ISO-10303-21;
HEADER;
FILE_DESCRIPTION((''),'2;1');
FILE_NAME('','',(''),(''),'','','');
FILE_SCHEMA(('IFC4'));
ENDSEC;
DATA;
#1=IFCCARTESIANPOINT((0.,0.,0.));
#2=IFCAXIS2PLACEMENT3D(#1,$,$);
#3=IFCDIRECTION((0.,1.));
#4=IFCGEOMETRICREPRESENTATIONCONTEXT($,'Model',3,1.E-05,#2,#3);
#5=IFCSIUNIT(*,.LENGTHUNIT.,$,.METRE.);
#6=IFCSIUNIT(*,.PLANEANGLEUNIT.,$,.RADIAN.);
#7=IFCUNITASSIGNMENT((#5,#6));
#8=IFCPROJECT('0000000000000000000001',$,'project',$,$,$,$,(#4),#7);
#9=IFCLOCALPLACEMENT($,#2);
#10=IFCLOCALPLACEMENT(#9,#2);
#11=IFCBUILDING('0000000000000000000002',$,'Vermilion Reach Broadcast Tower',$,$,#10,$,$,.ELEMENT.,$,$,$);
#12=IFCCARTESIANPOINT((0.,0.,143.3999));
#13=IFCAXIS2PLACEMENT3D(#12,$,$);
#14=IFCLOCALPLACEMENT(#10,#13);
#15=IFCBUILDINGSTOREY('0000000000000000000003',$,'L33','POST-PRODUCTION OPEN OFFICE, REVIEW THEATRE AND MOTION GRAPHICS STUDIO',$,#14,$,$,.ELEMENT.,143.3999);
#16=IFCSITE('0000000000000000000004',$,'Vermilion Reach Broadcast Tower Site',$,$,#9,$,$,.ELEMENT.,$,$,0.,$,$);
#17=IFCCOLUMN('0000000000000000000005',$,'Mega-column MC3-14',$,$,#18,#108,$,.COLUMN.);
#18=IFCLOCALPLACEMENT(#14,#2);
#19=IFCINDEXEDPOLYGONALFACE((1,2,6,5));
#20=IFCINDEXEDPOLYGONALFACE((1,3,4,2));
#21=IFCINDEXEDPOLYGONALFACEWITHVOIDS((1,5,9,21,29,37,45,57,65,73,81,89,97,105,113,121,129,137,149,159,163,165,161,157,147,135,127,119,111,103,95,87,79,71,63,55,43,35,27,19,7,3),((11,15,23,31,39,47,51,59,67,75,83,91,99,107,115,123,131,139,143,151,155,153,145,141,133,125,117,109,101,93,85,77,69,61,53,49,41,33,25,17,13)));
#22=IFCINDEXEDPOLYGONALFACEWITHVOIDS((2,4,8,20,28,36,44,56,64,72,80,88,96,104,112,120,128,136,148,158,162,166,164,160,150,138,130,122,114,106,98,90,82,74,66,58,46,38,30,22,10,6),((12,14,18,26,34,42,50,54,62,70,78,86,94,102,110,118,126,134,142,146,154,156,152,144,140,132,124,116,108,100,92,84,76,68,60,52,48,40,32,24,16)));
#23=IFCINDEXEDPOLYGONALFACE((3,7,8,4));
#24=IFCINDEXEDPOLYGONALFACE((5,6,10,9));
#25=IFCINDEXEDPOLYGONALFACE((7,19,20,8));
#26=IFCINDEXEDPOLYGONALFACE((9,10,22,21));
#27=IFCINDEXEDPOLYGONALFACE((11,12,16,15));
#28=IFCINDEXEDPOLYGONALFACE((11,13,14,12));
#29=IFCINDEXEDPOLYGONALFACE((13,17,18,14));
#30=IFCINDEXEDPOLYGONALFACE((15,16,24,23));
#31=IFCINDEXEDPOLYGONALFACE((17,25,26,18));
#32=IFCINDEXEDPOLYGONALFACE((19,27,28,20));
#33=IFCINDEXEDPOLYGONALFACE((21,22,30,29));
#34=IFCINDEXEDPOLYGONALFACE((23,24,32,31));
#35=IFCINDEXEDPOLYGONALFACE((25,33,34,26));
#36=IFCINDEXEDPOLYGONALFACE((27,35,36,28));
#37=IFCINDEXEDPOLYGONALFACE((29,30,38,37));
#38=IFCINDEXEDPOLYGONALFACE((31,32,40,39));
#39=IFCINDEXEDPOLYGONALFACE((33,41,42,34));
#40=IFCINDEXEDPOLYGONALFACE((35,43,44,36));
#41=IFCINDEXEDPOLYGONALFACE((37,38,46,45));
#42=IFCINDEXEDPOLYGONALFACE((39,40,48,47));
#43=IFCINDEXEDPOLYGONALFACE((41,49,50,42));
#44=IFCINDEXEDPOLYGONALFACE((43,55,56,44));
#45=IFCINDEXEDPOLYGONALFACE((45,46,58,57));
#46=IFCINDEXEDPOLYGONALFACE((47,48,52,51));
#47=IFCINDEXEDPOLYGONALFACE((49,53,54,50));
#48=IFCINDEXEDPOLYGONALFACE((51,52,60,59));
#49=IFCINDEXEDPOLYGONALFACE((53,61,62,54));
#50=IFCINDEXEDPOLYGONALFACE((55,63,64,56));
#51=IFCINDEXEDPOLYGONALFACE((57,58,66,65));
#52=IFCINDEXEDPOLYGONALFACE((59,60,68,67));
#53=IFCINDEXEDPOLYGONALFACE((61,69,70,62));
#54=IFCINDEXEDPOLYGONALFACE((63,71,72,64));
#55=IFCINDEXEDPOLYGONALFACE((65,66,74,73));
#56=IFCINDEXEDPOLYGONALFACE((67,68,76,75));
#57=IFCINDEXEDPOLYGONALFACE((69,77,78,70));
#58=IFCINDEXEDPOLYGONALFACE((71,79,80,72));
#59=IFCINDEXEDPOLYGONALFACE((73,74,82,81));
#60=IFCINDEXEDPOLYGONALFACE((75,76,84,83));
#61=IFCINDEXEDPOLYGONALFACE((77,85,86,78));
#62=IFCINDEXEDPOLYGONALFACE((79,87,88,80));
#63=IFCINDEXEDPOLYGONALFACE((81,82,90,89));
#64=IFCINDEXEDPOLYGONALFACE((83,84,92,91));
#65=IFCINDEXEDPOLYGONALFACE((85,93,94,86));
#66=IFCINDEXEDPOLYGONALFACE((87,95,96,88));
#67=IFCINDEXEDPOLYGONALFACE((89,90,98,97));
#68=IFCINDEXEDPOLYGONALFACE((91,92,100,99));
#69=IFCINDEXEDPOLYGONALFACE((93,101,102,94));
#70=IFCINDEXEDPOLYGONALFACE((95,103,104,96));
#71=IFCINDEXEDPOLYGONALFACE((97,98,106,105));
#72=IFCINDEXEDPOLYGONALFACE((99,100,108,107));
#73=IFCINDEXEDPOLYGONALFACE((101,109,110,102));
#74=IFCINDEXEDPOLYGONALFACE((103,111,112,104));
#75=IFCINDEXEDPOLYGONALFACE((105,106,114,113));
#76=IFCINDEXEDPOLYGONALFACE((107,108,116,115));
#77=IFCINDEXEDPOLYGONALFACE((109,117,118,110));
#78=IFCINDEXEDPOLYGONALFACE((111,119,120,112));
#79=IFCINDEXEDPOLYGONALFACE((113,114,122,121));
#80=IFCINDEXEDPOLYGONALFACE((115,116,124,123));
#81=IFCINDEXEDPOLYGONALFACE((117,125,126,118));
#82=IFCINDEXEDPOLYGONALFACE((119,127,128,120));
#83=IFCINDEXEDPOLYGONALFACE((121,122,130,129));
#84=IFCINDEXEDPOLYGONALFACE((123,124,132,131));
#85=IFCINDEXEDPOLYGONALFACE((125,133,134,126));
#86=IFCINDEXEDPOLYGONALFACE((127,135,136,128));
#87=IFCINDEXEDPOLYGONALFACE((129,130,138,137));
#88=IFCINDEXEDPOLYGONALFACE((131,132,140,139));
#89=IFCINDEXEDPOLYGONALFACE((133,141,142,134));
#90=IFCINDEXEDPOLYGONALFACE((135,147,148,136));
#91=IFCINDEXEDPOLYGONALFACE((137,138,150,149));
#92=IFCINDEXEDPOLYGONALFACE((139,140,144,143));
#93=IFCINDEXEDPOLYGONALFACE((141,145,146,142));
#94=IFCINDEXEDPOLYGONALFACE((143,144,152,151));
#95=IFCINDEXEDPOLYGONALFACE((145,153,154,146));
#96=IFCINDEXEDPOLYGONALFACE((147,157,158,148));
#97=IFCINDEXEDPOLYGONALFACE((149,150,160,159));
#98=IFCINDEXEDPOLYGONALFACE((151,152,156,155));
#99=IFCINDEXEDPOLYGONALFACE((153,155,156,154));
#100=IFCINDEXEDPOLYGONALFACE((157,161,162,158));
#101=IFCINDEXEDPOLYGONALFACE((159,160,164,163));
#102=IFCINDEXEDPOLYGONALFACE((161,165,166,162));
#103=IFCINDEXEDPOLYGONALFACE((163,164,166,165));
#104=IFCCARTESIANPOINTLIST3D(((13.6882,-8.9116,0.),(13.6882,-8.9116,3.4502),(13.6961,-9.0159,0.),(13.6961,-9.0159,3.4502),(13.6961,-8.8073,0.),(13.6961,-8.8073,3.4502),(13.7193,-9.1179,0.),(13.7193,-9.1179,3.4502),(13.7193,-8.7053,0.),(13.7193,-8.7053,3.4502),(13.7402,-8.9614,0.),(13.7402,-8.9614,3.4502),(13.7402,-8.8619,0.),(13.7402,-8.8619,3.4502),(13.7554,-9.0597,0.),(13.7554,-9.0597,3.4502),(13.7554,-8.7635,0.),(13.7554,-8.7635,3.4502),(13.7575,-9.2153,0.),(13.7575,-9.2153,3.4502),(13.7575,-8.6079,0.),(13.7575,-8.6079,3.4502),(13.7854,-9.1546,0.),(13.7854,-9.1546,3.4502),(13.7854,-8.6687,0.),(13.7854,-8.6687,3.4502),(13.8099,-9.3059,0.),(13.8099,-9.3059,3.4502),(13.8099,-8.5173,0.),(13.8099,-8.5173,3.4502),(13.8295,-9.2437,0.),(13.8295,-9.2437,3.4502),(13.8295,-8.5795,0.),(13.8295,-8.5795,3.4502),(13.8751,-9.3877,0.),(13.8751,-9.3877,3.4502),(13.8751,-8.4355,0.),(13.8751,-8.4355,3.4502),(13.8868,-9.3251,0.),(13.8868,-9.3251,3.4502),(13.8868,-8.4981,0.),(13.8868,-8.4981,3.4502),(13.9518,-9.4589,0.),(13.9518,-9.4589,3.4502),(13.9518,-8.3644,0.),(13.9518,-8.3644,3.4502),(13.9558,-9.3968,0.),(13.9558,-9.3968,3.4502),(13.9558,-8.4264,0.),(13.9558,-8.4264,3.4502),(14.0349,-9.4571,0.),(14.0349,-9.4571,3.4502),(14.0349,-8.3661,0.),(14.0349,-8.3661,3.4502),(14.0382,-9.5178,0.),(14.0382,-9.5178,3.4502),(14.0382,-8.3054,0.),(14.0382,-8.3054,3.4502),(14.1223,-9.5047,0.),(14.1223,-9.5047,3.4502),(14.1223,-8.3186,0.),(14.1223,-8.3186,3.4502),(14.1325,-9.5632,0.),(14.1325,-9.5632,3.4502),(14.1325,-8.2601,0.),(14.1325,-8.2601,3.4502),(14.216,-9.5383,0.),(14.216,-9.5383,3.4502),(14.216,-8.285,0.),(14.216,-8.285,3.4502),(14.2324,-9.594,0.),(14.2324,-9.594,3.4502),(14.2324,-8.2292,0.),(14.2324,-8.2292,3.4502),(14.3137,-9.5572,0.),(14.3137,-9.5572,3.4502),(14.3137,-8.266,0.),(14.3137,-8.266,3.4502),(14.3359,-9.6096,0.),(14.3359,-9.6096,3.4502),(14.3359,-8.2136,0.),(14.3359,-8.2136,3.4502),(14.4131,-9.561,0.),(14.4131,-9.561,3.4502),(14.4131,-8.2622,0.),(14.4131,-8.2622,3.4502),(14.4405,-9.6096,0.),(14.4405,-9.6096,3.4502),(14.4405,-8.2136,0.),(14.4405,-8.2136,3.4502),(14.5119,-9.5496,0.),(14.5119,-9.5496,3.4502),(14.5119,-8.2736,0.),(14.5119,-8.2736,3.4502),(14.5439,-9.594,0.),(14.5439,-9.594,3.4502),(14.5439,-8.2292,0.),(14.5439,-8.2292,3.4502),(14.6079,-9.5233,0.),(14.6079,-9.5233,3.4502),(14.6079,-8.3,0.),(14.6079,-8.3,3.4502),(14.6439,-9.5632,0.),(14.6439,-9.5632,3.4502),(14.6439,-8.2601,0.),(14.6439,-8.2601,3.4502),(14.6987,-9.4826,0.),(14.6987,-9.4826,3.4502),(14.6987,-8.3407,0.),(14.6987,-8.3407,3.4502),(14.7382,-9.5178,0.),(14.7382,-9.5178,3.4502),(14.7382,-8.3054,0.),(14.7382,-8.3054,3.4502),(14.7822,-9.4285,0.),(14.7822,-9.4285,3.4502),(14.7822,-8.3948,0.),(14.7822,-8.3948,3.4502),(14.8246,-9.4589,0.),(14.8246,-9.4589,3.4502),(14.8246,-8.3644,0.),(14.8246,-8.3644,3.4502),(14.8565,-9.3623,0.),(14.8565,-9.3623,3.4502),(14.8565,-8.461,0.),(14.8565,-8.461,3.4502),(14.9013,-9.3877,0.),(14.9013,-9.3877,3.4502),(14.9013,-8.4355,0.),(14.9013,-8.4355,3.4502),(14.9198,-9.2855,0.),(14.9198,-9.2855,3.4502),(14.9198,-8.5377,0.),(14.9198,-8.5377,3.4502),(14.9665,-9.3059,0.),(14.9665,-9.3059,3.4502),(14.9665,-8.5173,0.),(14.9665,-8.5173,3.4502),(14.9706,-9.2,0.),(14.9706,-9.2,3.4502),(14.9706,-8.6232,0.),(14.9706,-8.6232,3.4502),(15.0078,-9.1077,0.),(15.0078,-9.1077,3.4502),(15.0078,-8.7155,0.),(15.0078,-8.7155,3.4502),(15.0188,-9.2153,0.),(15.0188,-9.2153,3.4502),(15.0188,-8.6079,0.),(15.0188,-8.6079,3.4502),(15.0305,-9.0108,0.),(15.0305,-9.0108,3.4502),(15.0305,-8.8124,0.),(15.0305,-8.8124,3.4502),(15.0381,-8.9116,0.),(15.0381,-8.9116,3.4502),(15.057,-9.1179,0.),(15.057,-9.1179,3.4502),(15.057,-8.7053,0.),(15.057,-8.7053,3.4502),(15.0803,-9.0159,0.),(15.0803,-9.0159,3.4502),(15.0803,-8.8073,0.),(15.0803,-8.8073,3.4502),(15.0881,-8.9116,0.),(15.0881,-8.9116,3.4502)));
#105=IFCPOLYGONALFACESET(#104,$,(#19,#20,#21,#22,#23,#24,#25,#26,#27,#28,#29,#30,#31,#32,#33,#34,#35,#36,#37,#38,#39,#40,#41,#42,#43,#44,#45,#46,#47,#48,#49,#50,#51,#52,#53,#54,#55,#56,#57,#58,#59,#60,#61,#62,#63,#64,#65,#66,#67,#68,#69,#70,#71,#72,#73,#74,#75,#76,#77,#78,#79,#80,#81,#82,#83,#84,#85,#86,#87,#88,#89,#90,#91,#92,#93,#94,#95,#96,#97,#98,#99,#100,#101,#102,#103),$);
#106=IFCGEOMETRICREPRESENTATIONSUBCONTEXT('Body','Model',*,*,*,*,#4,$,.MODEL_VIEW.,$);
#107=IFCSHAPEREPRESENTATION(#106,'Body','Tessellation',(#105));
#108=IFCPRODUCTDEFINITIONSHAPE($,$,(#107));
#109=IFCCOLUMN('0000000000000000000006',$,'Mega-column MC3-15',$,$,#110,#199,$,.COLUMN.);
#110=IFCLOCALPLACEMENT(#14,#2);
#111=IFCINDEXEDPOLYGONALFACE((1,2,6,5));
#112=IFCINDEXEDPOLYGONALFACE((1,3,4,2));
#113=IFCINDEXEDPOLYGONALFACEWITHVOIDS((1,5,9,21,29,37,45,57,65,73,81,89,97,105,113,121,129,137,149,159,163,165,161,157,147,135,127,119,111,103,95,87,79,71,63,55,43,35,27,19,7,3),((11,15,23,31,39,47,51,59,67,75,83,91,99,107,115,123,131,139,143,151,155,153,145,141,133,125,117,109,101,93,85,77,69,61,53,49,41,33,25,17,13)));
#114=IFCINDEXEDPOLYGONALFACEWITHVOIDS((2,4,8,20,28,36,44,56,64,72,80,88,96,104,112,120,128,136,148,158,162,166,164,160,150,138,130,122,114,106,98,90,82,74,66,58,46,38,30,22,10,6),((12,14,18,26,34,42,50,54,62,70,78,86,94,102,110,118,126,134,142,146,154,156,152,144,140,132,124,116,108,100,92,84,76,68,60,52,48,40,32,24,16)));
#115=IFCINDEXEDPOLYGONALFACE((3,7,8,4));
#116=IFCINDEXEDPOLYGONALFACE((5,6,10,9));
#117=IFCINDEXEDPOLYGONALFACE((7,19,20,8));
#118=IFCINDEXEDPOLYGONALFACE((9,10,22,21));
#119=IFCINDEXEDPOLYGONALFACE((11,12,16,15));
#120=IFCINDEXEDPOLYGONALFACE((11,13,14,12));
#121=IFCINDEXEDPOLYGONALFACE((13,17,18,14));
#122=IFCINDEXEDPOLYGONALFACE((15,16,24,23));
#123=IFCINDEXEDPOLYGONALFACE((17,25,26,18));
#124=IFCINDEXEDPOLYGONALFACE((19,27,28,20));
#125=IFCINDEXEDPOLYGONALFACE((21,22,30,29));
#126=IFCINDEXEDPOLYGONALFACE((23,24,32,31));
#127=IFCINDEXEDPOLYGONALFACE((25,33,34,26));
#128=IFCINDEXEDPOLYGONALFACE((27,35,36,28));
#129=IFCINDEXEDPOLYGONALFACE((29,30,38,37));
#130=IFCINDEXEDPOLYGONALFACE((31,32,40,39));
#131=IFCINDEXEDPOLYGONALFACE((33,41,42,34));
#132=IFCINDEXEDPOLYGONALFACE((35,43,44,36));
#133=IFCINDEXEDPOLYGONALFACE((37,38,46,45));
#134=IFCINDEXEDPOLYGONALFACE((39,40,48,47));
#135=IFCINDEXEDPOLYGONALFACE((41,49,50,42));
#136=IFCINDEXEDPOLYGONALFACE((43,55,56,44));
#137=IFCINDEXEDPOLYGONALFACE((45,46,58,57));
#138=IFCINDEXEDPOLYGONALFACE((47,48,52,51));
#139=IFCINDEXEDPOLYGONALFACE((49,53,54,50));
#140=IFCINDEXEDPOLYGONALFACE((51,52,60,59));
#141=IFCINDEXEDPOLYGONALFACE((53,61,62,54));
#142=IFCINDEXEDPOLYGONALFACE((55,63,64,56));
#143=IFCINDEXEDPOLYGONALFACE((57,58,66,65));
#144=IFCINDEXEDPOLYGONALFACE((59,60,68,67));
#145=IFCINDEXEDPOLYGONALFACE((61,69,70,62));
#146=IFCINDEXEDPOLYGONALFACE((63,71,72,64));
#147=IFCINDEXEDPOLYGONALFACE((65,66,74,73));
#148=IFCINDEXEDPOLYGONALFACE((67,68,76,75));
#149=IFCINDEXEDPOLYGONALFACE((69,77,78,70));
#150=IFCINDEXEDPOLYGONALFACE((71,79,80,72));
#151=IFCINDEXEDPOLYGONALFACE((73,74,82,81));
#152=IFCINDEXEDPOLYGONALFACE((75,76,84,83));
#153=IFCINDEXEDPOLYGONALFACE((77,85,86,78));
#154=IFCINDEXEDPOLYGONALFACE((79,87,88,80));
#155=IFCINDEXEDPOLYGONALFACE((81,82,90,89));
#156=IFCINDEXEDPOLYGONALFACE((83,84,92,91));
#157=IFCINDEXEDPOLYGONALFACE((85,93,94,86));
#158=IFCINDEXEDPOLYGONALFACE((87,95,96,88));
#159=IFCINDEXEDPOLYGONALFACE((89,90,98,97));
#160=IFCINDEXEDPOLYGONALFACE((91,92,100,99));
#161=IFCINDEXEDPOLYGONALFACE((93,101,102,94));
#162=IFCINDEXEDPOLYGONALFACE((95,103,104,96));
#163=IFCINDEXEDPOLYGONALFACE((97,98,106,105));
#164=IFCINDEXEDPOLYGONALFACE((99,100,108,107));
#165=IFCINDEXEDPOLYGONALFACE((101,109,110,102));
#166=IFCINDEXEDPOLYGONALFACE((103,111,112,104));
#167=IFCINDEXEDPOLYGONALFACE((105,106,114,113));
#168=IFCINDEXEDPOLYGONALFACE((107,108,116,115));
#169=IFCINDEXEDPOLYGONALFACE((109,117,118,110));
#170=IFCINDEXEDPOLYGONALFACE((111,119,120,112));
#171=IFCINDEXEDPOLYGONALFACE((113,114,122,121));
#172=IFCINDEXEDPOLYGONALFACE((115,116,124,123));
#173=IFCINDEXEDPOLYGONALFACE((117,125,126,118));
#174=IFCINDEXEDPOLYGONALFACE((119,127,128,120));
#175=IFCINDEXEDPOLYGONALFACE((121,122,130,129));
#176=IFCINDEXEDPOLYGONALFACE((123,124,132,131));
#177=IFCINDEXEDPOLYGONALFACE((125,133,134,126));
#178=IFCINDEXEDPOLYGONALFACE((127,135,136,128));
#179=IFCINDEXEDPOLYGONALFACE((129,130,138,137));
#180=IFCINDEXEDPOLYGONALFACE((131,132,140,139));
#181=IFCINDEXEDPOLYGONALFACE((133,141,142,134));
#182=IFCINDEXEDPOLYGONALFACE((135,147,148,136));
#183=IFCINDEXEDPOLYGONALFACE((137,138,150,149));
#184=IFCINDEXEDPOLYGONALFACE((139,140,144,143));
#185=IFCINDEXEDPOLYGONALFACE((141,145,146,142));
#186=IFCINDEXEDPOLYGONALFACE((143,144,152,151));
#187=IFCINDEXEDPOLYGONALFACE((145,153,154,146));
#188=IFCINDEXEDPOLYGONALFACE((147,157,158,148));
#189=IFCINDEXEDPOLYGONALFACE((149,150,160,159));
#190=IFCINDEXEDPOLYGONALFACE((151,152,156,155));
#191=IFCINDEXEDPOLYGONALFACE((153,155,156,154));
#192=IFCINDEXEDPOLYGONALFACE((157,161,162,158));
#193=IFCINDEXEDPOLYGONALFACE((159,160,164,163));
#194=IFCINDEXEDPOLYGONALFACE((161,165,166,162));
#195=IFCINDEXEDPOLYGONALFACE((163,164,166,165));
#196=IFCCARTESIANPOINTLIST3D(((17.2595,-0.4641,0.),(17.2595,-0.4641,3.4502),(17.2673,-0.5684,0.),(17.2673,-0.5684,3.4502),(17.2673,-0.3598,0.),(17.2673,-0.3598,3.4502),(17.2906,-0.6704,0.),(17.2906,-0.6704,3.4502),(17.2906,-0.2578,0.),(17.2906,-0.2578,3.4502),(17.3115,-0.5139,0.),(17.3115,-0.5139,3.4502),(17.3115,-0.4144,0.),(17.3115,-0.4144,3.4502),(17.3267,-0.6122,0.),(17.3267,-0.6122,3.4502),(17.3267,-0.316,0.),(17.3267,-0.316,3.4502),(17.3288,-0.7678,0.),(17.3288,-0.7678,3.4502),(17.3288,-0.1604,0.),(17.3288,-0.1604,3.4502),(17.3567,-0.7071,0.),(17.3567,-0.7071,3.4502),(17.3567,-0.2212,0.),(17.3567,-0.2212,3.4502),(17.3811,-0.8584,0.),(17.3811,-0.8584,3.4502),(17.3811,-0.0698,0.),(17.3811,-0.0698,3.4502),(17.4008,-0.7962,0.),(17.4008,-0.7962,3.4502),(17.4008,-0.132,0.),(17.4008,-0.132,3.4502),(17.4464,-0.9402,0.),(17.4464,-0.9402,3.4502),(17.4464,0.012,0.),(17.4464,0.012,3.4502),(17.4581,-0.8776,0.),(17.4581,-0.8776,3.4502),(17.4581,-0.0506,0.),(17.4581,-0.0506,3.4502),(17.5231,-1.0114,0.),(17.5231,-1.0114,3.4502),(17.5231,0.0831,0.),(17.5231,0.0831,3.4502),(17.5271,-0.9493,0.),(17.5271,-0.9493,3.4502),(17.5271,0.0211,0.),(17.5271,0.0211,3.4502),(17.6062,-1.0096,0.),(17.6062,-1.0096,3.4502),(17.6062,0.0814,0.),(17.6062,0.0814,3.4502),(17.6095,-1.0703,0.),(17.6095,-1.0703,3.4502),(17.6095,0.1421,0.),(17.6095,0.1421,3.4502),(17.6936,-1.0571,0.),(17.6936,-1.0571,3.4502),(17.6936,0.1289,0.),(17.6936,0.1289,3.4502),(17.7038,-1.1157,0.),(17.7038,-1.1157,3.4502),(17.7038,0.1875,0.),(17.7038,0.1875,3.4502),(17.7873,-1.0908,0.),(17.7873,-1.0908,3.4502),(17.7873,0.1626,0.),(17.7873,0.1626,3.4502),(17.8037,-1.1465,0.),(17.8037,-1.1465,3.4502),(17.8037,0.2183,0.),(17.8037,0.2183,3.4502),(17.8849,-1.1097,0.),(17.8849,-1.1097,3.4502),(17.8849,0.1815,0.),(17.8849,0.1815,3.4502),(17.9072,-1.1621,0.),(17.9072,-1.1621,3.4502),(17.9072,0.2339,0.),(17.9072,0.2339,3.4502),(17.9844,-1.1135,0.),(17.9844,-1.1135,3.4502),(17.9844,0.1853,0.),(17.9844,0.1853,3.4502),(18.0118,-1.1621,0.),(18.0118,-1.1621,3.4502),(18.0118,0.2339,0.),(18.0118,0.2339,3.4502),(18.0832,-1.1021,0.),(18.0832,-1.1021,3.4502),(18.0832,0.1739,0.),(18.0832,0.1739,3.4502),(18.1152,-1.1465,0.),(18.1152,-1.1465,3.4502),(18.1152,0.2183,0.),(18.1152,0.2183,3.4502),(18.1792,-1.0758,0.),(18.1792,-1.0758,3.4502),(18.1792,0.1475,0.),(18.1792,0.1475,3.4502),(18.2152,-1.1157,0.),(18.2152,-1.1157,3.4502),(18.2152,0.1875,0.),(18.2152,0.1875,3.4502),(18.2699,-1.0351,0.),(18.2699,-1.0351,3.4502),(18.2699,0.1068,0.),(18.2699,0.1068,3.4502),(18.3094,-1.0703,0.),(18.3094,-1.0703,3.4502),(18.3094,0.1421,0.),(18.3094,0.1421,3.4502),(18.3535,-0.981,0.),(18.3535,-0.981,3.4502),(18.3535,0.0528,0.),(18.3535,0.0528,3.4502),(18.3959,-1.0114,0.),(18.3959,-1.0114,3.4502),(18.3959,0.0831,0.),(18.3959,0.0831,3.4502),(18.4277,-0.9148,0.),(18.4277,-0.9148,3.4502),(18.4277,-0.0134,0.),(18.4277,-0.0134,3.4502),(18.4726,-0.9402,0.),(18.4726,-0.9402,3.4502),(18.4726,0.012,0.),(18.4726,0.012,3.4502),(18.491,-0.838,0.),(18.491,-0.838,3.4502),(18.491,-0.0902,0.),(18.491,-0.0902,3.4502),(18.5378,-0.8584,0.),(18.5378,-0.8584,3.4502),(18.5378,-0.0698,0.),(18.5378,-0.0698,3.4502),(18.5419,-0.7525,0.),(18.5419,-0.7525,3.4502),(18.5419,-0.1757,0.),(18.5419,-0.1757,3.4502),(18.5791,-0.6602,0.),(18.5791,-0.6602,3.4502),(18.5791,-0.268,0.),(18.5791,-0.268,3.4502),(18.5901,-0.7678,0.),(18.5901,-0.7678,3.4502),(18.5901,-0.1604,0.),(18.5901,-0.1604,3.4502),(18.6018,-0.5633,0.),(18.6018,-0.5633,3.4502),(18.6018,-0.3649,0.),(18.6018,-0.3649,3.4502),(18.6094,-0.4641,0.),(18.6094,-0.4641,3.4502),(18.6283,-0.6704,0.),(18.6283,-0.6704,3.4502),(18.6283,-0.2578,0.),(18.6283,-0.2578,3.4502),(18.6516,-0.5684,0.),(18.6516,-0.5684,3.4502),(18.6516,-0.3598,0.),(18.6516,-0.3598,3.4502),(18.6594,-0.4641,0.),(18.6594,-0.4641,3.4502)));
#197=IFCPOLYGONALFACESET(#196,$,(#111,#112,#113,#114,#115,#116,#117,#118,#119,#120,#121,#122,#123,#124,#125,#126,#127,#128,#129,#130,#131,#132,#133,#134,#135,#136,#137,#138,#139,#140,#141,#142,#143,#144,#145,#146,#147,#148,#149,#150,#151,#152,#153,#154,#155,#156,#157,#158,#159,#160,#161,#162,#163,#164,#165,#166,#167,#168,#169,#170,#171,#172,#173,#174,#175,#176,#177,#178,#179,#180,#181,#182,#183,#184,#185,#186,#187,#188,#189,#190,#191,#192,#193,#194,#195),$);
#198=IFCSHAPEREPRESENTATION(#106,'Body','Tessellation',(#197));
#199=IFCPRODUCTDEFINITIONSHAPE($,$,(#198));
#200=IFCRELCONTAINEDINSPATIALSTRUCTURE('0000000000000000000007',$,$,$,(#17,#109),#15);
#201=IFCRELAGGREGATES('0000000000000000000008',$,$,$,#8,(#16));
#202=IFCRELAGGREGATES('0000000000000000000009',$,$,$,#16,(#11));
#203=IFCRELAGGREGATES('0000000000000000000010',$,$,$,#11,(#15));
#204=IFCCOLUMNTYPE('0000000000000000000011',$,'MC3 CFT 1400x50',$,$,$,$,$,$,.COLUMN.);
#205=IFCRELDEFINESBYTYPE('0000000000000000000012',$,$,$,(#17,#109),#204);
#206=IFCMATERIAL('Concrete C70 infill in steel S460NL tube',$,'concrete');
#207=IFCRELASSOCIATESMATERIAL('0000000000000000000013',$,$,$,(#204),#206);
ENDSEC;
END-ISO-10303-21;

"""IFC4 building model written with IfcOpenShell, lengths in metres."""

from ifc_helpers import new_model, si_unit, direction, frame, origin, origin_2d, place, context, subcontext, project, spatial, hollow_circle, extrude, material, material_profile, profile_set, type_object, element, save


model = new_model("IFC4")

# Units and contexts
model_context = context("Model", 3, precision=1e-05, world=origin(), true_north=direction((0.0, 1.0)))
body_context = subcontext(model_context, "Body", "Model", "MODEL_VIEW")
ifc_project = project(units=[si_unit("LENGTHUNIT", "METRE"), si_unit("PLANEANGLEUNIT", "RADIAN")], contexts=[model_context])

# Site, building, storey
site_placement = place(None, origin())
site = spatial("IfcSite", under=ifc_project, at=site_placement, Name="Vermilion Reach Broadcast Tower Site", CompositionType="ELEMENT", RefElevation=0.0)
building_placement = place(site_placement, origin())
building = spatial("IfcBuilding", under=site, at=building_placement, Name="Vermilion Reach Broadcast Tower", CompositionType="ELEMENT")
storey_placement = place(building_placement, frame((0.0, 0.0, 143.3999)))
storey = spatial("IfcBuildingStorey", under=building, at=storey_placement, Name="L33", Description="POST-PRODUCTION OPEN OFFICE, REVIEW THEATRE AND MOTION GRAPHICS STUDIO", CompositionType="ELEMENT", Elevation=143.3999)

# Columns
ifc_material_1 = material(Name="Concrete C70 infill in steel S460NL tube", Category="concrete")
ifc_material_profile_1 = material_profile(ifc_material_1, hollow_circle(Radius=0.7, WallThickness=0.05, at=origin_2d()), Name="Concrete C70 infill in steel S460NL tube CFT 1400x50")
ifc_profile_set_1 = profile_set([ifc_material_profile_1], Name="Concrete C70 infill in steel S460NL tube")
column_type = type_object("IfcColumnType", Name="MC3 CFT 1400x50", PredefinedType="COLUMN", material=ifc_profile_set_1)
for number, where, z_axis, x_axis, name in (
    (1, (14.3882, -8.9116, 0.0), (0.0, 0.0, 1.0), (1.0, 0.0, 0.0), "Mega-column MC3-14"),
    (2, (17.9595, -0.4641, 0.0), (0.0, 0.0, 1.0), (1.0, 0.0, 0.0), "Mega-column MC3-15"),
):
    element("IfcColumn", number, at=place(storey_placement, frame(where, z_axis=z_axis, x_axis=x_axis)), inside=storey, type_object=column_type, Name=name, PredefinedType="COLUMN", context=body_context, shape_type="SweptSolid", body=[
        extrude(hollow_circle(Radius=0.7, WallThickness=0.05, at=origin_2d()), origin(), (0.0, 0.0, 1.0), 3.4502),
    ])

save(model, "model.ifc")
